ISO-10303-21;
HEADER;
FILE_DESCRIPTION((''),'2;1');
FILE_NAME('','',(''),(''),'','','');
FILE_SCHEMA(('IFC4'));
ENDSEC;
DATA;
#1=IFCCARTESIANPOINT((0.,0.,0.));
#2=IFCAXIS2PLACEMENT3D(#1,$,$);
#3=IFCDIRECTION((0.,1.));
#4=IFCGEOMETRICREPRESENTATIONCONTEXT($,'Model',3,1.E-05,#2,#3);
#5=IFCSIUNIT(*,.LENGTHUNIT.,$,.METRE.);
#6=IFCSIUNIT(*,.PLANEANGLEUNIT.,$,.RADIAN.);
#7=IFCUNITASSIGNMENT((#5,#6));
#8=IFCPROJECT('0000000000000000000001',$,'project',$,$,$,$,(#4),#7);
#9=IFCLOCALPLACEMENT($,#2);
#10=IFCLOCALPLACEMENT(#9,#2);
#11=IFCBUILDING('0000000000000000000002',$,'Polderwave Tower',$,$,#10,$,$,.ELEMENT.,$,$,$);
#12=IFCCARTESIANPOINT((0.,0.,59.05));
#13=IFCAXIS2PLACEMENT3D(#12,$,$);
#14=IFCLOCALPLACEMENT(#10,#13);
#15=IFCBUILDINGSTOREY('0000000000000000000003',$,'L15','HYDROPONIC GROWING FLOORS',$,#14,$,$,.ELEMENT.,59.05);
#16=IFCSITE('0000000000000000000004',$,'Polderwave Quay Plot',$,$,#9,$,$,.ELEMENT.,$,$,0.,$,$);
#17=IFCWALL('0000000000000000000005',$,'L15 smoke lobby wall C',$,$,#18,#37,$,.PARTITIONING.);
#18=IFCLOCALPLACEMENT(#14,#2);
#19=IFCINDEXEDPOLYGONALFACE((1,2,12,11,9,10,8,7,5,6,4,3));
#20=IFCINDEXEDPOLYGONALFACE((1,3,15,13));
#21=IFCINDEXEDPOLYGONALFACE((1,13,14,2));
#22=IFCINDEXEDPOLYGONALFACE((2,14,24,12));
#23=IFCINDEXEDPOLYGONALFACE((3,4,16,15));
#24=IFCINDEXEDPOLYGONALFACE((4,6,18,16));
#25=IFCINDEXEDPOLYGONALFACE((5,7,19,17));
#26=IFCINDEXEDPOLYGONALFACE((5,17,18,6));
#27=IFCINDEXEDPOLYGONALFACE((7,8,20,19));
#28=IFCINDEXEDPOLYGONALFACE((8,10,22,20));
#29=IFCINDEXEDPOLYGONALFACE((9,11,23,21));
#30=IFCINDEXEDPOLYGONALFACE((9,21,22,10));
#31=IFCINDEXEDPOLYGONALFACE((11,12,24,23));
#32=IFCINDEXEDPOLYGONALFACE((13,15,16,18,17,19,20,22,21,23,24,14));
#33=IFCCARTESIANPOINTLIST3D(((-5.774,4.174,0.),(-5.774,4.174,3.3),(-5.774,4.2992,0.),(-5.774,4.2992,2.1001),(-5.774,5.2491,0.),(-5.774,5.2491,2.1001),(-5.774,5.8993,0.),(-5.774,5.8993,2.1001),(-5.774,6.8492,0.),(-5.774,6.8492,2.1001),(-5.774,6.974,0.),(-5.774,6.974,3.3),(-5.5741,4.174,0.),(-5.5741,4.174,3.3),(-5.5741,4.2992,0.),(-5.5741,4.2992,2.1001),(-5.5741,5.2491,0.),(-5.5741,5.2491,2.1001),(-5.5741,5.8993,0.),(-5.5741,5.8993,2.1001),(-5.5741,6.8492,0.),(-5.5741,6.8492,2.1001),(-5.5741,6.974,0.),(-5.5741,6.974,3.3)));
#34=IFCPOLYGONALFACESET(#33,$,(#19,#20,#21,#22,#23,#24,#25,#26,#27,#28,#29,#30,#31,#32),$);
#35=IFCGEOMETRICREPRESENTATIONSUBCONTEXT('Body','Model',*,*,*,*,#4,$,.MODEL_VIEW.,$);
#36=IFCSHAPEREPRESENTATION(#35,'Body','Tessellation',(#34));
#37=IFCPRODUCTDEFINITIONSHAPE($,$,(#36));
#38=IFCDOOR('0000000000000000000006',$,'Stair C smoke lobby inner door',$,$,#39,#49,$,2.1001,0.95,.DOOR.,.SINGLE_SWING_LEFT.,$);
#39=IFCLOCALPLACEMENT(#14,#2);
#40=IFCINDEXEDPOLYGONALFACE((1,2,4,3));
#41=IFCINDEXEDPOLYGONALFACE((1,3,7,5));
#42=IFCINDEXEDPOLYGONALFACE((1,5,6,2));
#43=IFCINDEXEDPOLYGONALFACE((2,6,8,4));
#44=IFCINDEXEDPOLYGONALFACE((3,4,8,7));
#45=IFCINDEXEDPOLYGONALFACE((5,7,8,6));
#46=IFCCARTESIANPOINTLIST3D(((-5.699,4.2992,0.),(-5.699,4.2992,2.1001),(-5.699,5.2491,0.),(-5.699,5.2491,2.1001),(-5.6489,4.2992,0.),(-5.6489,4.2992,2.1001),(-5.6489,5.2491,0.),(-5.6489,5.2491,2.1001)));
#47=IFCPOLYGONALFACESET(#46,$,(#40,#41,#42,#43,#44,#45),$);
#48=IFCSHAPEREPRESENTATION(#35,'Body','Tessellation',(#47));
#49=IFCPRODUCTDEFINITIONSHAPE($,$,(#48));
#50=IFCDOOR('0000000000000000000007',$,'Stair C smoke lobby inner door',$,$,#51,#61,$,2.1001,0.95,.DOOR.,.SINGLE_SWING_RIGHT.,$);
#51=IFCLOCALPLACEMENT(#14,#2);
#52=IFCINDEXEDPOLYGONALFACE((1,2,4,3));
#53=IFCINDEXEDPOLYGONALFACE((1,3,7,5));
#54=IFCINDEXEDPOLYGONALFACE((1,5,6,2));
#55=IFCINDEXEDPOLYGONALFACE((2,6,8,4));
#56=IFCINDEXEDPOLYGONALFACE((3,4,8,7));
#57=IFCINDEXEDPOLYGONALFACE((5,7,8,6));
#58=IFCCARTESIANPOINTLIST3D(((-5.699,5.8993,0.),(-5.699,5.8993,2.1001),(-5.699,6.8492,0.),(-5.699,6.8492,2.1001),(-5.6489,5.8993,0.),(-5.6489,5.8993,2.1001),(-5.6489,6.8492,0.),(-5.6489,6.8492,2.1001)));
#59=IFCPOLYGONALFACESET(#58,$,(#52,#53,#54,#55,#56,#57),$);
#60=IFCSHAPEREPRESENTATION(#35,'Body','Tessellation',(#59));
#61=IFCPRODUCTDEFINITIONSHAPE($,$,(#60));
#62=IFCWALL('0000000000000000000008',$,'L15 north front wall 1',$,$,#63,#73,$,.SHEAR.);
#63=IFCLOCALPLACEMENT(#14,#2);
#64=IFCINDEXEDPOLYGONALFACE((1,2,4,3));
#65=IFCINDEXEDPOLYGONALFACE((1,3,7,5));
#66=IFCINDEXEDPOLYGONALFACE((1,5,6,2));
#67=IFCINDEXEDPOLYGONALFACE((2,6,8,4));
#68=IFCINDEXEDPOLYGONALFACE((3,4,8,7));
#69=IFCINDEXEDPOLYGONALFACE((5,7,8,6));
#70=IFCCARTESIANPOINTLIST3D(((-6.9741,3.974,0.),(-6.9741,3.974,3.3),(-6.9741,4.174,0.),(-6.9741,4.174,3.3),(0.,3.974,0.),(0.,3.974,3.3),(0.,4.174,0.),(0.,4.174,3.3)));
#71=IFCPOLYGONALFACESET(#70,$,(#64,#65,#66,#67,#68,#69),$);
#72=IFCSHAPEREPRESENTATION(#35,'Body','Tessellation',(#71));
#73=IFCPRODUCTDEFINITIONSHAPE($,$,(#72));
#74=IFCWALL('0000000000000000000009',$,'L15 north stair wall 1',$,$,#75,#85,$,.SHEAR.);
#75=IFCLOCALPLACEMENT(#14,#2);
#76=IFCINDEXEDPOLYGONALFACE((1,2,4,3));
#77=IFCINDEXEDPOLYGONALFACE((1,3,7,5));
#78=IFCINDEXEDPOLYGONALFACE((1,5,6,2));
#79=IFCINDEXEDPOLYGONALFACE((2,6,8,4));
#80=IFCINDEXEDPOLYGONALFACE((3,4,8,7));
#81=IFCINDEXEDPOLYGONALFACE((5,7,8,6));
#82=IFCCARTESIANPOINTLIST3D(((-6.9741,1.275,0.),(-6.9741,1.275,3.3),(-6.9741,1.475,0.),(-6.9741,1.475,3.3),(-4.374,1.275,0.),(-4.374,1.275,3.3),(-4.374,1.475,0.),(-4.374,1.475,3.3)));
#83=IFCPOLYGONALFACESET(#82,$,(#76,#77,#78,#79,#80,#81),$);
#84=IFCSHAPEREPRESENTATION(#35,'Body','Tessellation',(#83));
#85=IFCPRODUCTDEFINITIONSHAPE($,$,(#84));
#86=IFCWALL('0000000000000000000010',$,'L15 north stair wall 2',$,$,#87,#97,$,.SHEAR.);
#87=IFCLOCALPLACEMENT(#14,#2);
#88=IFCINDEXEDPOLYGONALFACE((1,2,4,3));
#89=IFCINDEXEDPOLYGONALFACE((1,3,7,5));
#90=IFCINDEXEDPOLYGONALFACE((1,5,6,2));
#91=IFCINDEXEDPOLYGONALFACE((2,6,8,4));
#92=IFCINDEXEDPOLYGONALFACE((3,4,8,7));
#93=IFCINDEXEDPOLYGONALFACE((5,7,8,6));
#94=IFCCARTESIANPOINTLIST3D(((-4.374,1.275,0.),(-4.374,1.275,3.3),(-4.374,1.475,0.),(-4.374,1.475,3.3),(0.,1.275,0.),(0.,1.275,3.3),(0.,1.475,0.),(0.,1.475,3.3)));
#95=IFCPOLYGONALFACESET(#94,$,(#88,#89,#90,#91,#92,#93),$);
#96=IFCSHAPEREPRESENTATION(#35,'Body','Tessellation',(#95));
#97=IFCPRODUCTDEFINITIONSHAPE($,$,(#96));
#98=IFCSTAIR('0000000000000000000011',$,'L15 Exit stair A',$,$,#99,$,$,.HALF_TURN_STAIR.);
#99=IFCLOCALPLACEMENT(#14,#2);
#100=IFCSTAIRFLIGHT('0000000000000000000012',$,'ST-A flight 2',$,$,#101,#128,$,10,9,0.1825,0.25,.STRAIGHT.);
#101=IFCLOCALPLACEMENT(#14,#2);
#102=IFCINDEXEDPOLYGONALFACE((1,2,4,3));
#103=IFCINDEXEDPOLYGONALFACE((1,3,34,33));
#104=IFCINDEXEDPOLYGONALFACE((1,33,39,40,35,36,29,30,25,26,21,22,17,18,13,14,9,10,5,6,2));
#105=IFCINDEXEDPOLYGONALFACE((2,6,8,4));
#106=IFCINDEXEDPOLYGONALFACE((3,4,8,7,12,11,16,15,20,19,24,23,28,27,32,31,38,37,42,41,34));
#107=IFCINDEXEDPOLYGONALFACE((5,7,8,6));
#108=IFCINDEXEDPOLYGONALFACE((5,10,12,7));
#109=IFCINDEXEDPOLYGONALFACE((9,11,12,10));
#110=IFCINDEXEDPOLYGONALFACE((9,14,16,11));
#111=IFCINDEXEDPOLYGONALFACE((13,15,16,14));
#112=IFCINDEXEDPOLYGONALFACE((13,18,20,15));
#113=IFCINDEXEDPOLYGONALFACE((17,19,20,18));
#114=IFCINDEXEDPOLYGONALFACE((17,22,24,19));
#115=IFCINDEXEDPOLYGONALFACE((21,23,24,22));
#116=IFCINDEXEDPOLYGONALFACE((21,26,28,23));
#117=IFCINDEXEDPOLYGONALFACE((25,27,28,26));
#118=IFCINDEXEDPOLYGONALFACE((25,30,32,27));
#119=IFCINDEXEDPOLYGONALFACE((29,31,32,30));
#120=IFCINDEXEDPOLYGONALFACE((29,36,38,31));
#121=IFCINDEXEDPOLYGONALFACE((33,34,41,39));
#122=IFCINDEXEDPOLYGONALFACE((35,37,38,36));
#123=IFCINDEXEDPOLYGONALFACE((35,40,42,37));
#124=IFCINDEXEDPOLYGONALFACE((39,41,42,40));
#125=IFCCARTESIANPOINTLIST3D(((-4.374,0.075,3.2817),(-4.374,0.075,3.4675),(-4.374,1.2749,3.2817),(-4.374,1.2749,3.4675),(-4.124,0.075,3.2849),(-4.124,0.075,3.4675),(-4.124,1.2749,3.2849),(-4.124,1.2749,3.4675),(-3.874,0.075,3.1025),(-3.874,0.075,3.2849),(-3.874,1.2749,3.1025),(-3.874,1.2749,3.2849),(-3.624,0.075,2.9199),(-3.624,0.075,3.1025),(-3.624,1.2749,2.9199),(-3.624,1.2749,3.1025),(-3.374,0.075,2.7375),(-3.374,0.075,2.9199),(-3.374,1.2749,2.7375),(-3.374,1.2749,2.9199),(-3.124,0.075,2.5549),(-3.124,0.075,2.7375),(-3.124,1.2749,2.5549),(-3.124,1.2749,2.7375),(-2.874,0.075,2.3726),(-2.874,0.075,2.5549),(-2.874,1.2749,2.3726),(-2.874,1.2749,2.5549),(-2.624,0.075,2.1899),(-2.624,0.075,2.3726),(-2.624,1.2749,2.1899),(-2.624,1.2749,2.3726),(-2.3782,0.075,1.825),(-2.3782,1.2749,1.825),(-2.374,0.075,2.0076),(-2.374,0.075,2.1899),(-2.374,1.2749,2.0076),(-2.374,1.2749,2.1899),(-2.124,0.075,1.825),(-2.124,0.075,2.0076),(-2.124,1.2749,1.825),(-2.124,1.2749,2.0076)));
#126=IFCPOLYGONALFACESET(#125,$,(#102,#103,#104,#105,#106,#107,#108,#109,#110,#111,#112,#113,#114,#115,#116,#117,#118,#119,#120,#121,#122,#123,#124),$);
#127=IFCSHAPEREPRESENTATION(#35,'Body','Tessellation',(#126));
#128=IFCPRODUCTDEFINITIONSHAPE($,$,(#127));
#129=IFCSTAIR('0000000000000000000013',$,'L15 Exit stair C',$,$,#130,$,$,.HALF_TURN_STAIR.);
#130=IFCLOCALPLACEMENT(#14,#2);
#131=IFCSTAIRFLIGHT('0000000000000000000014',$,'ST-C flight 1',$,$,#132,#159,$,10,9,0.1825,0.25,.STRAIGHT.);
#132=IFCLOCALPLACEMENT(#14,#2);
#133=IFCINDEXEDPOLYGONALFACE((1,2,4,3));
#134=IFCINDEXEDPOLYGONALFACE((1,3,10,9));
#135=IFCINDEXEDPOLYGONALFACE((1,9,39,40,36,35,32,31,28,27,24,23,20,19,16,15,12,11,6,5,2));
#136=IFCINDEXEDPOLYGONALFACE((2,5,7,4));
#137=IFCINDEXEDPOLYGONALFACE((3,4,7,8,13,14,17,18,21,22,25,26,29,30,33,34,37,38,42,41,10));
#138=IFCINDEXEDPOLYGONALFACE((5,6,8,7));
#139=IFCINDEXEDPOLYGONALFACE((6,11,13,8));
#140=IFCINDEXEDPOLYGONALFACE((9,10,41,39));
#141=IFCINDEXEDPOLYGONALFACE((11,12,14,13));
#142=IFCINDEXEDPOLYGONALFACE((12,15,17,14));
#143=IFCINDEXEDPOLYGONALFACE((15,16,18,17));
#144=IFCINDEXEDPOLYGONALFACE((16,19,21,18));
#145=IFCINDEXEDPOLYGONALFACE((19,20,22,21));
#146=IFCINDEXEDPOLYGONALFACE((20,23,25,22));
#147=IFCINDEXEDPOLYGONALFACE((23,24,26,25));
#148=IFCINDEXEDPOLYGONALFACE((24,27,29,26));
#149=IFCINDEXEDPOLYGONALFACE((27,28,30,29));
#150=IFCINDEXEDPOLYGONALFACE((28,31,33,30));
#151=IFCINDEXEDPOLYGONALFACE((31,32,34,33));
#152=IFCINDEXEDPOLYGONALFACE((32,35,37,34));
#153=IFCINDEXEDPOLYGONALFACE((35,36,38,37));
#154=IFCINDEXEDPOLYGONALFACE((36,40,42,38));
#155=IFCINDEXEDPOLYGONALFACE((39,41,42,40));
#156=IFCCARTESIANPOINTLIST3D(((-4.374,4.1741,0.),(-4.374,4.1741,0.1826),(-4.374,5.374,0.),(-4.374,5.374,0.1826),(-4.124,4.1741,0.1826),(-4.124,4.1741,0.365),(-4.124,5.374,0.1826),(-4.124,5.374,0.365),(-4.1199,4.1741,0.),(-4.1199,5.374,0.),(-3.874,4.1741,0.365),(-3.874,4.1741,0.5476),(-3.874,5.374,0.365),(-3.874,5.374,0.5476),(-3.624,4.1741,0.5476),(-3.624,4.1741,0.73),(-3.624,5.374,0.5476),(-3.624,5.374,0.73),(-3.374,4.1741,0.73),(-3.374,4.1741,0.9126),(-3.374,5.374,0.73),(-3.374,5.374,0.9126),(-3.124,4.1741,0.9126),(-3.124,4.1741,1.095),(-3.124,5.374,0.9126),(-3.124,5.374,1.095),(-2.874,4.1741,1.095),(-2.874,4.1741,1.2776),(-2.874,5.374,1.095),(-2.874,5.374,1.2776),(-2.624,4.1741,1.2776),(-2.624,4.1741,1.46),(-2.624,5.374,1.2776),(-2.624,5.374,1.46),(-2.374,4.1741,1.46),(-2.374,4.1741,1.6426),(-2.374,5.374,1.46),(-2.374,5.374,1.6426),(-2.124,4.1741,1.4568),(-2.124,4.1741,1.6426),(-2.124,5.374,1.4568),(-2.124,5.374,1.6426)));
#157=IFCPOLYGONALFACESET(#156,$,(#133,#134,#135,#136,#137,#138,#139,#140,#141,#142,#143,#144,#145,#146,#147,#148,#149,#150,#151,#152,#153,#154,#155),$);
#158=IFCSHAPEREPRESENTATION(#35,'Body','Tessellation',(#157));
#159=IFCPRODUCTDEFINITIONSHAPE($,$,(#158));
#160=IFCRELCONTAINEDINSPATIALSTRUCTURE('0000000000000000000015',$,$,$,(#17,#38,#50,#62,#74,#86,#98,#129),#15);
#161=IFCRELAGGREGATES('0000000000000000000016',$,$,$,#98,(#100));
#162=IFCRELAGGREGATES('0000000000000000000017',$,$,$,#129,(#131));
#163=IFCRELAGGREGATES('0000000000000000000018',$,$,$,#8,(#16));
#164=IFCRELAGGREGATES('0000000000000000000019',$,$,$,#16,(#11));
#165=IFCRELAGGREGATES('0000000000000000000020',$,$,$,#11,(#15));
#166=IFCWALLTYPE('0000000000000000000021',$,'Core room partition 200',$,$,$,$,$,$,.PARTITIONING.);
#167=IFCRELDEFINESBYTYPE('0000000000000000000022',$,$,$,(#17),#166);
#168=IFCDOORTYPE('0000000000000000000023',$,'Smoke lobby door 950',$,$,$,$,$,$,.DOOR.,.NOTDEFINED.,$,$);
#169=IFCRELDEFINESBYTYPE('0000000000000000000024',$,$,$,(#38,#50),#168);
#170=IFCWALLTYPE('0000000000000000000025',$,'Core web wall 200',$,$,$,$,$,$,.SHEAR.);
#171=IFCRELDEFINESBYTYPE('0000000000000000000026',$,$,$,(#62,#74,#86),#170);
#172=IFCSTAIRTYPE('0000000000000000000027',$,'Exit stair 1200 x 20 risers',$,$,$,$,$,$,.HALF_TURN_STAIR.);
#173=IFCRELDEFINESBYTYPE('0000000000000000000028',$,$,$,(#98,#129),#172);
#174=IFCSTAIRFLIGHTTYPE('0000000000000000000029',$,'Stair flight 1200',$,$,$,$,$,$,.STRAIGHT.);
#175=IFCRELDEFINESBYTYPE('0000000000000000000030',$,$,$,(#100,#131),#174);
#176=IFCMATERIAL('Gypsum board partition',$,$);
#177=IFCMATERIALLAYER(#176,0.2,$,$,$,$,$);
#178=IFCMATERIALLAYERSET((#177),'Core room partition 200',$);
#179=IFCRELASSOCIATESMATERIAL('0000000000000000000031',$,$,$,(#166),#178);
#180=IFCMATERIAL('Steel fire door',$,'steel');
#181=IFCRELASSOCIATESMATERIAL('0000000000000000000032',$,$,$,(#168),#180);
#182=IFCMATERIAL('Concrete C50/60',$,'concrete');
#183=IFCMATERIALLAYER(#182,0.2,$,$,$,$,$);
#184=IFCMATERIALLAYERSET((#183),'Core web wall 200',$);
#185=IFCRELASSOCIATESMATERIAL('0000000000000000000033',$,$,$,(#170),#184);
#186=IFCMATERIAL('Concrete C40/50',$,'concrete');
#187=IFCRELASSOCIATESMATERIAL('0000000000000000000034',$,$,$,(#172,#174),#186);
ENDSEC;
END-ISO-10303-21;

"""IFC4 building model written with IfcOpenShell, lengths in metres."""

from ifc_helpers import new_model, si_unit, direction, frame, frame_2d, origin, place, context, subcontext, project, spatial, polyline, rectangle, outline, extrude, material, layer, layer_set, type_object, element, fill, aggregate, save


model = new_model("IFC4")

# Units and contexts
model_context = context("Model", 3, precision=1e-05, world=origin(), true_north=direction((0.0, 1.0)))
body_context = subcontext(model_context, "Body", "Model", "MODEL_VIEW")
ifc_project = project(units=[si_unit("LENGTHUNIT", "METRE"), si_unit("PLANEANGLEUNIT", "RADIAN")], contexts=[model_context])

# Site, building, storey
site_placement = place(None, origin())
site = spatial("IfcSite", under=ifc_project, at=site_placement, Name="Polderwave Quay Plot", CompositionType="ELEMENT", RefElevation=0.0)
building_placement = place(site_placement, origin())
building = spatial("IfcBuilding", under=site, at=building_placement, Name="Polderwave Tower", CompositionType="ELEMENT")
storey_placement = place(building_placement, frame((0.0, 0.0, 59.05)))
storey = spatial("IfcBuildingStorey", under=building, at=storey_placement, Name="L15", Description="HYDROPONIC GROWING FLOORS", CompositionType="ELEMENT", Elevation=59.05)

# Wall, openings, doors
ifc_material_1 = material(Name="Gypsum board partition")
ifc_layer_1 = layer(ifc_material_1, 0.2)
ifc_layer_set_1 = layer_set([ifc_layer_1], Name="Core room partition 200")
wall_type_1 = type_object("IfcWallType", Name="Core room partition 200", PredefinedType="PARTITIONING", material=ifc_layer_set_1)
wall_1_placement = place(storey_placement, frame((-5.6741, 4.1741, 0.0), z_axis=(0.0, 0.0, 1.0), x_axis=(0.0, 1.0, 0.0)))
wall_1 = element("IfcWall", 1, at=wall_1_placement, inside=storey, type_object=wall_type_1, Name="L15 smoke lobby wall C", PredefinedType="PARTITIONING", context=body_context, shape_type="SweptSolid", body=[
    extrude(rectangle(XDim=2.8, YDim=0.2, at=frame_2d((1.3999, 0.0))), origin(), (0.0, 0.0, 1.0), 3.3),
])
opening_1_placement = place(wall_1_placement, frame((0.125, 0.0, 0.0)))
opening_1 = element("IfcOpeningElement", 2, at=opening_1_placement, cuts=wall_1, PredefinedType="OPENING", context=body_context, shape_type="SweptSolid", body=[
    extrude(rectangle(XDim=0.95, YDim=2.1001, at=frame_2d((0.4751, 1.05))), frame((0.0, 0.1099, 0.0), z_axis=(0.0, -1.0, 0.0), x_axis=(1.0, 0.0, 0.0)), (0.0, 0.0, 1.0), 0.22),
])
opening_2_placement = place(wall_1_placement, frame((1.7251, 0.0, 0.0)))
opening_2 = element("IfcOpeningElement", 3, at=opening_2_placement, cuts=wall_1, PredefinedType="OPENING", context=body_context, shape_type="SweptSolid", body=[
    extrude(rectangle(XDim=0.95, YDim=2.1001, at=frame_2d((0.4751, 1.05))), frame((0.0, 0.1099, 0.0), z_axis=(0.0, -1.0, 0.0), x_axis=(1.0, 0.0, 0.0)), (0.0, 0.0, 1.0), 0.22),
])
ifc_material_2 = material(Name="Steel fire door", Category="steel")
door_type = type_object("IfcDoorType", Name="Smoke lobby door 950", OperationType="NOTDEFINED", PredefinedType="DOOR", material=ifc_material_2)
door_1_placement = place(opening_1_placement, origin())
door_1 = element("IfcDoor", 4, at=door_1_placement, inside=storey, type_object=door_type, Name="Stair C smoke lobby inner door", OperationType="SINGLE_SWING_LEFT", OverallHeight=2.1001, OverallWidth=0.95, PredefinedType="DOOR", context=body_context, shape_type="SweptSolid", body=[
    extrude(rectangle(XDim=0.95, YDim=2.1001, at=frame_2d((0.4751, 1.05))), frame((0.0, 0.0249, 0.0), z_axis=(0.0, -1.0, 0.0), x_axis=(1.0, 0.0, 0.0)), (0.0, 0.0, 1.0), 0.05),
])
fill(opening_1, door_1)
door_2_placement = place(opening_2_placement, origin())
door_2 = element("IfcDoor", 5, at=door_2_placement, inside=storey, type_object=door_type, Name="Stair C smoke lobby inner door", OperationType="SINGLE_SWING_RIGHT", OverallHeight=2.1001, OverallWidth=0.95, PredefinedType="DOOR", context=body_context, shape_type="SweptSolid", body=[
    extrude(rectangle(XDim=0.95, YDim=2.1001, at=frame_2d((0.4751, 1.05))), frame((0.0, 0.0249, 0.0), z_axis=(0.0, -1.0, 0.0), x_axis=(1.0, 0.0, 0.0)), (0.0, 0.0, 1.0), 0.05),
])
fill(opening_2, door_2)

# Walls
ifc_material_3 = material(Name="Concrete C50/60", Category="concrete")
ifc_layer_2 = layer(ifc_material_3, 0.2)
ifc_layer_set_2 = layer_set([ifc_layer_2], Name="Core web wall 200")
wall_type_2 = type_object("IfcWallType", Name="Core web wall 200", PredefinedType="SHEAR", material=ifc_layer_set_2)
wall_2_placement = place(storey_placement, frame((-6.9741, 4.074, 0.0), z_axis=(0.0, 0.0, 1.0), x_axis=(1.0, 0.0, 0.0)))
element("IfcWall", 6, at=wall_2_placement, inside=storey, type_object=wall_type_2, Name="L15 north front wall 1", PredefinedType="SHEAR", context=body_context, shape_type="SweptSolid", body=[
    extrude(rectangle(XDim=6.9741, YDim=0.2, at=frame_2d((3.4871, 0.0))), origin(), (0.0, 0.0, 1.0), 3.3),
])
wall_3_placement = place(storey_placement, frame((-6.9741, 1.375, 0.0), z_axis=(0.0, 0.0, 1.0), x_axis=(1.0, 0.0, 0.0)))
element("IfcWall", 7, at=wall_3_placement, inside=storey, type_object=wall_type_2, Name="L15 north stair wall 1", PredefinedType="SHEAR", context=body_context, shape_type="SweptSolid", body=[
    extrude(rectangle(XDim=2.6001, YDim=0.2, at=frame_2d((1.3, 0.0))), origin(), (0.0, 0.0, 1.0), 3.3),
])
wall_4_placement = place(storey_placement, frame((-4.374, 1.375, 0.0), z_axis=(0.0, 0.0, 1.0), x_axis=(1.0, 0.0, 0.0)))
element("IfcWall", 8, at=wall_4_placement, inside=storey, type_object=wall_type_2, Name="L15 north stair wall 2", PredefinedType="SHEAR", context=body_context, shape_type="SweptSolid", body=[
    extrude(rectangle(XDim=4.374, YDim=0.2, at=frame_2d((2.187, 0.0))), origin(), (0.0, 0.0, 1.0), 3.3),
])

# Stairs, stair flights
ifc_material_4 = material(Name="Concrete C40/50", Category="concrete")
stair_type = type_object("IfcStairType", Name="Exit stair 1200 x 20 risers", PredefinedType="HALF_TURN_STAIR", material=ifc_material_4)
stair_1_placement = place(storey_placement, origin())
stair_1 = element("IfcStair", 9, at=stair_1_placement, inside=storey, type_object=stair_type, Name="L15 Exit stair A", PredefinedType="HALF_TURN_STAIR")
stair_flight_type = type_object("IfcStairFlightType", Name="Stair flight 1200", PredefinedType="STRAIGHT", material=ifc_material_4)
stair_flight_1_placement = place(storey_placement, frame((-2.124, 0.675, 1.825), z_axis=(0.0, 0.0, 1.0), x_axis=(-1.0, 0.0, 0.0)))
stair_flight_1 = element("IfcStairFlight", 10, at=stair_flight_1_placement, type_object=stair_flight_type, Name="ST-A flight 2", NumberOfRisers=10, NumberOfTreads=9, PredefinedType="STRAIGHT", RiserHeight=0.1825, TreadLength=0.25, context=body_context, shape_type="SweptSolid", body=[
    extrude(outline(polyline([(0.0, 0.0), (0.0, 0.1826), (0.25, 0.1826), (0.25, 0.365), (0.5, 0.365), (0.5, 0.5476), (0.75, 0.5476), (0.75, 0.73), (1.0, 0.73), (1.0, 0.9126), (1.25, 0.9126), (1.25, 1.095), (1.5, 1.095), (1.5, 1.2776), (1.75, 1.2776), (1.75, 1.46), (2.0, 1.46), (2.0, 1.6426), (2.25, 1.6426), (2.25, 1.825), (2.25, 1.4568), (0.2542, 0.0), (0.0, 0.0)])), frame((0.0, 0.6001, 0.0), z_axis=(0.0, -1.0, 0.0), x_axis=(1.0, 0.0, 0.0)), (0.0, 0.0, 1.0), 1.2),
])
aggregate(stair_1, [stair_flight_1])
stair_2_placement = place(storey_placement, origin())
stair_2 = element("IfcStair", 11, at=stair_2_placement, inside=storey, type_object=stair_type, Name="L15 Exit stair C", PredefinedType="HALF_TURN_STAIR")
stair_flight_2_placement = place(storey_placement, frame((-4.374, 4.7739, 0.0), z_axis=(0.0, 0.0, 1.0), x_axis=(1.0, 0.0, 0.0)))
stair_flight_2 = element("IfcStairFlight", 12, at=stair_flight_2_placement, type_object=stair_flight_type, Name="ST-C flight 1", NumberOfRisers=10, NumberOfTreads=9, PredefinedType="STRAIGHT", RiserHeight=0.1825, TreadLength=0.25, context=body_context, shape_type="SweptSolid", body=[
    extrude(outline(polyline([(0.0, 0.0), (0.0, 0.1826), (0.25, 0.1826), (0.25, 0.365), (0.5, 0.365), (0.5, 0.5476), (0.75, 0.5476), (0.75, 0.73), (1.0, 0.73), (1.0, 0.9126), (1.25, 0.9126), (1.25, 1.095), (1.5, 1.095), (1.5, 1.2776), (1.75, 1.2776), (1.75, 1.46), (2.0, 1.46), (2.0, 1.6426), (2.25, 1.6426), (2.25, 1.825), (2.25, 1.4568), (0.2542, 0.0), (0.0, 0.0)])), frame((0.0, 0.6001, 0.0), z_axis=(0.0, -1.0, 0.0), x_axis=(1.0, 0.0, 0.0)), (0.0, 0.0, 1.0), 1.2),
])
aggregate(stair_2, [stair_flight_2])

save(model, "model.ifc")
